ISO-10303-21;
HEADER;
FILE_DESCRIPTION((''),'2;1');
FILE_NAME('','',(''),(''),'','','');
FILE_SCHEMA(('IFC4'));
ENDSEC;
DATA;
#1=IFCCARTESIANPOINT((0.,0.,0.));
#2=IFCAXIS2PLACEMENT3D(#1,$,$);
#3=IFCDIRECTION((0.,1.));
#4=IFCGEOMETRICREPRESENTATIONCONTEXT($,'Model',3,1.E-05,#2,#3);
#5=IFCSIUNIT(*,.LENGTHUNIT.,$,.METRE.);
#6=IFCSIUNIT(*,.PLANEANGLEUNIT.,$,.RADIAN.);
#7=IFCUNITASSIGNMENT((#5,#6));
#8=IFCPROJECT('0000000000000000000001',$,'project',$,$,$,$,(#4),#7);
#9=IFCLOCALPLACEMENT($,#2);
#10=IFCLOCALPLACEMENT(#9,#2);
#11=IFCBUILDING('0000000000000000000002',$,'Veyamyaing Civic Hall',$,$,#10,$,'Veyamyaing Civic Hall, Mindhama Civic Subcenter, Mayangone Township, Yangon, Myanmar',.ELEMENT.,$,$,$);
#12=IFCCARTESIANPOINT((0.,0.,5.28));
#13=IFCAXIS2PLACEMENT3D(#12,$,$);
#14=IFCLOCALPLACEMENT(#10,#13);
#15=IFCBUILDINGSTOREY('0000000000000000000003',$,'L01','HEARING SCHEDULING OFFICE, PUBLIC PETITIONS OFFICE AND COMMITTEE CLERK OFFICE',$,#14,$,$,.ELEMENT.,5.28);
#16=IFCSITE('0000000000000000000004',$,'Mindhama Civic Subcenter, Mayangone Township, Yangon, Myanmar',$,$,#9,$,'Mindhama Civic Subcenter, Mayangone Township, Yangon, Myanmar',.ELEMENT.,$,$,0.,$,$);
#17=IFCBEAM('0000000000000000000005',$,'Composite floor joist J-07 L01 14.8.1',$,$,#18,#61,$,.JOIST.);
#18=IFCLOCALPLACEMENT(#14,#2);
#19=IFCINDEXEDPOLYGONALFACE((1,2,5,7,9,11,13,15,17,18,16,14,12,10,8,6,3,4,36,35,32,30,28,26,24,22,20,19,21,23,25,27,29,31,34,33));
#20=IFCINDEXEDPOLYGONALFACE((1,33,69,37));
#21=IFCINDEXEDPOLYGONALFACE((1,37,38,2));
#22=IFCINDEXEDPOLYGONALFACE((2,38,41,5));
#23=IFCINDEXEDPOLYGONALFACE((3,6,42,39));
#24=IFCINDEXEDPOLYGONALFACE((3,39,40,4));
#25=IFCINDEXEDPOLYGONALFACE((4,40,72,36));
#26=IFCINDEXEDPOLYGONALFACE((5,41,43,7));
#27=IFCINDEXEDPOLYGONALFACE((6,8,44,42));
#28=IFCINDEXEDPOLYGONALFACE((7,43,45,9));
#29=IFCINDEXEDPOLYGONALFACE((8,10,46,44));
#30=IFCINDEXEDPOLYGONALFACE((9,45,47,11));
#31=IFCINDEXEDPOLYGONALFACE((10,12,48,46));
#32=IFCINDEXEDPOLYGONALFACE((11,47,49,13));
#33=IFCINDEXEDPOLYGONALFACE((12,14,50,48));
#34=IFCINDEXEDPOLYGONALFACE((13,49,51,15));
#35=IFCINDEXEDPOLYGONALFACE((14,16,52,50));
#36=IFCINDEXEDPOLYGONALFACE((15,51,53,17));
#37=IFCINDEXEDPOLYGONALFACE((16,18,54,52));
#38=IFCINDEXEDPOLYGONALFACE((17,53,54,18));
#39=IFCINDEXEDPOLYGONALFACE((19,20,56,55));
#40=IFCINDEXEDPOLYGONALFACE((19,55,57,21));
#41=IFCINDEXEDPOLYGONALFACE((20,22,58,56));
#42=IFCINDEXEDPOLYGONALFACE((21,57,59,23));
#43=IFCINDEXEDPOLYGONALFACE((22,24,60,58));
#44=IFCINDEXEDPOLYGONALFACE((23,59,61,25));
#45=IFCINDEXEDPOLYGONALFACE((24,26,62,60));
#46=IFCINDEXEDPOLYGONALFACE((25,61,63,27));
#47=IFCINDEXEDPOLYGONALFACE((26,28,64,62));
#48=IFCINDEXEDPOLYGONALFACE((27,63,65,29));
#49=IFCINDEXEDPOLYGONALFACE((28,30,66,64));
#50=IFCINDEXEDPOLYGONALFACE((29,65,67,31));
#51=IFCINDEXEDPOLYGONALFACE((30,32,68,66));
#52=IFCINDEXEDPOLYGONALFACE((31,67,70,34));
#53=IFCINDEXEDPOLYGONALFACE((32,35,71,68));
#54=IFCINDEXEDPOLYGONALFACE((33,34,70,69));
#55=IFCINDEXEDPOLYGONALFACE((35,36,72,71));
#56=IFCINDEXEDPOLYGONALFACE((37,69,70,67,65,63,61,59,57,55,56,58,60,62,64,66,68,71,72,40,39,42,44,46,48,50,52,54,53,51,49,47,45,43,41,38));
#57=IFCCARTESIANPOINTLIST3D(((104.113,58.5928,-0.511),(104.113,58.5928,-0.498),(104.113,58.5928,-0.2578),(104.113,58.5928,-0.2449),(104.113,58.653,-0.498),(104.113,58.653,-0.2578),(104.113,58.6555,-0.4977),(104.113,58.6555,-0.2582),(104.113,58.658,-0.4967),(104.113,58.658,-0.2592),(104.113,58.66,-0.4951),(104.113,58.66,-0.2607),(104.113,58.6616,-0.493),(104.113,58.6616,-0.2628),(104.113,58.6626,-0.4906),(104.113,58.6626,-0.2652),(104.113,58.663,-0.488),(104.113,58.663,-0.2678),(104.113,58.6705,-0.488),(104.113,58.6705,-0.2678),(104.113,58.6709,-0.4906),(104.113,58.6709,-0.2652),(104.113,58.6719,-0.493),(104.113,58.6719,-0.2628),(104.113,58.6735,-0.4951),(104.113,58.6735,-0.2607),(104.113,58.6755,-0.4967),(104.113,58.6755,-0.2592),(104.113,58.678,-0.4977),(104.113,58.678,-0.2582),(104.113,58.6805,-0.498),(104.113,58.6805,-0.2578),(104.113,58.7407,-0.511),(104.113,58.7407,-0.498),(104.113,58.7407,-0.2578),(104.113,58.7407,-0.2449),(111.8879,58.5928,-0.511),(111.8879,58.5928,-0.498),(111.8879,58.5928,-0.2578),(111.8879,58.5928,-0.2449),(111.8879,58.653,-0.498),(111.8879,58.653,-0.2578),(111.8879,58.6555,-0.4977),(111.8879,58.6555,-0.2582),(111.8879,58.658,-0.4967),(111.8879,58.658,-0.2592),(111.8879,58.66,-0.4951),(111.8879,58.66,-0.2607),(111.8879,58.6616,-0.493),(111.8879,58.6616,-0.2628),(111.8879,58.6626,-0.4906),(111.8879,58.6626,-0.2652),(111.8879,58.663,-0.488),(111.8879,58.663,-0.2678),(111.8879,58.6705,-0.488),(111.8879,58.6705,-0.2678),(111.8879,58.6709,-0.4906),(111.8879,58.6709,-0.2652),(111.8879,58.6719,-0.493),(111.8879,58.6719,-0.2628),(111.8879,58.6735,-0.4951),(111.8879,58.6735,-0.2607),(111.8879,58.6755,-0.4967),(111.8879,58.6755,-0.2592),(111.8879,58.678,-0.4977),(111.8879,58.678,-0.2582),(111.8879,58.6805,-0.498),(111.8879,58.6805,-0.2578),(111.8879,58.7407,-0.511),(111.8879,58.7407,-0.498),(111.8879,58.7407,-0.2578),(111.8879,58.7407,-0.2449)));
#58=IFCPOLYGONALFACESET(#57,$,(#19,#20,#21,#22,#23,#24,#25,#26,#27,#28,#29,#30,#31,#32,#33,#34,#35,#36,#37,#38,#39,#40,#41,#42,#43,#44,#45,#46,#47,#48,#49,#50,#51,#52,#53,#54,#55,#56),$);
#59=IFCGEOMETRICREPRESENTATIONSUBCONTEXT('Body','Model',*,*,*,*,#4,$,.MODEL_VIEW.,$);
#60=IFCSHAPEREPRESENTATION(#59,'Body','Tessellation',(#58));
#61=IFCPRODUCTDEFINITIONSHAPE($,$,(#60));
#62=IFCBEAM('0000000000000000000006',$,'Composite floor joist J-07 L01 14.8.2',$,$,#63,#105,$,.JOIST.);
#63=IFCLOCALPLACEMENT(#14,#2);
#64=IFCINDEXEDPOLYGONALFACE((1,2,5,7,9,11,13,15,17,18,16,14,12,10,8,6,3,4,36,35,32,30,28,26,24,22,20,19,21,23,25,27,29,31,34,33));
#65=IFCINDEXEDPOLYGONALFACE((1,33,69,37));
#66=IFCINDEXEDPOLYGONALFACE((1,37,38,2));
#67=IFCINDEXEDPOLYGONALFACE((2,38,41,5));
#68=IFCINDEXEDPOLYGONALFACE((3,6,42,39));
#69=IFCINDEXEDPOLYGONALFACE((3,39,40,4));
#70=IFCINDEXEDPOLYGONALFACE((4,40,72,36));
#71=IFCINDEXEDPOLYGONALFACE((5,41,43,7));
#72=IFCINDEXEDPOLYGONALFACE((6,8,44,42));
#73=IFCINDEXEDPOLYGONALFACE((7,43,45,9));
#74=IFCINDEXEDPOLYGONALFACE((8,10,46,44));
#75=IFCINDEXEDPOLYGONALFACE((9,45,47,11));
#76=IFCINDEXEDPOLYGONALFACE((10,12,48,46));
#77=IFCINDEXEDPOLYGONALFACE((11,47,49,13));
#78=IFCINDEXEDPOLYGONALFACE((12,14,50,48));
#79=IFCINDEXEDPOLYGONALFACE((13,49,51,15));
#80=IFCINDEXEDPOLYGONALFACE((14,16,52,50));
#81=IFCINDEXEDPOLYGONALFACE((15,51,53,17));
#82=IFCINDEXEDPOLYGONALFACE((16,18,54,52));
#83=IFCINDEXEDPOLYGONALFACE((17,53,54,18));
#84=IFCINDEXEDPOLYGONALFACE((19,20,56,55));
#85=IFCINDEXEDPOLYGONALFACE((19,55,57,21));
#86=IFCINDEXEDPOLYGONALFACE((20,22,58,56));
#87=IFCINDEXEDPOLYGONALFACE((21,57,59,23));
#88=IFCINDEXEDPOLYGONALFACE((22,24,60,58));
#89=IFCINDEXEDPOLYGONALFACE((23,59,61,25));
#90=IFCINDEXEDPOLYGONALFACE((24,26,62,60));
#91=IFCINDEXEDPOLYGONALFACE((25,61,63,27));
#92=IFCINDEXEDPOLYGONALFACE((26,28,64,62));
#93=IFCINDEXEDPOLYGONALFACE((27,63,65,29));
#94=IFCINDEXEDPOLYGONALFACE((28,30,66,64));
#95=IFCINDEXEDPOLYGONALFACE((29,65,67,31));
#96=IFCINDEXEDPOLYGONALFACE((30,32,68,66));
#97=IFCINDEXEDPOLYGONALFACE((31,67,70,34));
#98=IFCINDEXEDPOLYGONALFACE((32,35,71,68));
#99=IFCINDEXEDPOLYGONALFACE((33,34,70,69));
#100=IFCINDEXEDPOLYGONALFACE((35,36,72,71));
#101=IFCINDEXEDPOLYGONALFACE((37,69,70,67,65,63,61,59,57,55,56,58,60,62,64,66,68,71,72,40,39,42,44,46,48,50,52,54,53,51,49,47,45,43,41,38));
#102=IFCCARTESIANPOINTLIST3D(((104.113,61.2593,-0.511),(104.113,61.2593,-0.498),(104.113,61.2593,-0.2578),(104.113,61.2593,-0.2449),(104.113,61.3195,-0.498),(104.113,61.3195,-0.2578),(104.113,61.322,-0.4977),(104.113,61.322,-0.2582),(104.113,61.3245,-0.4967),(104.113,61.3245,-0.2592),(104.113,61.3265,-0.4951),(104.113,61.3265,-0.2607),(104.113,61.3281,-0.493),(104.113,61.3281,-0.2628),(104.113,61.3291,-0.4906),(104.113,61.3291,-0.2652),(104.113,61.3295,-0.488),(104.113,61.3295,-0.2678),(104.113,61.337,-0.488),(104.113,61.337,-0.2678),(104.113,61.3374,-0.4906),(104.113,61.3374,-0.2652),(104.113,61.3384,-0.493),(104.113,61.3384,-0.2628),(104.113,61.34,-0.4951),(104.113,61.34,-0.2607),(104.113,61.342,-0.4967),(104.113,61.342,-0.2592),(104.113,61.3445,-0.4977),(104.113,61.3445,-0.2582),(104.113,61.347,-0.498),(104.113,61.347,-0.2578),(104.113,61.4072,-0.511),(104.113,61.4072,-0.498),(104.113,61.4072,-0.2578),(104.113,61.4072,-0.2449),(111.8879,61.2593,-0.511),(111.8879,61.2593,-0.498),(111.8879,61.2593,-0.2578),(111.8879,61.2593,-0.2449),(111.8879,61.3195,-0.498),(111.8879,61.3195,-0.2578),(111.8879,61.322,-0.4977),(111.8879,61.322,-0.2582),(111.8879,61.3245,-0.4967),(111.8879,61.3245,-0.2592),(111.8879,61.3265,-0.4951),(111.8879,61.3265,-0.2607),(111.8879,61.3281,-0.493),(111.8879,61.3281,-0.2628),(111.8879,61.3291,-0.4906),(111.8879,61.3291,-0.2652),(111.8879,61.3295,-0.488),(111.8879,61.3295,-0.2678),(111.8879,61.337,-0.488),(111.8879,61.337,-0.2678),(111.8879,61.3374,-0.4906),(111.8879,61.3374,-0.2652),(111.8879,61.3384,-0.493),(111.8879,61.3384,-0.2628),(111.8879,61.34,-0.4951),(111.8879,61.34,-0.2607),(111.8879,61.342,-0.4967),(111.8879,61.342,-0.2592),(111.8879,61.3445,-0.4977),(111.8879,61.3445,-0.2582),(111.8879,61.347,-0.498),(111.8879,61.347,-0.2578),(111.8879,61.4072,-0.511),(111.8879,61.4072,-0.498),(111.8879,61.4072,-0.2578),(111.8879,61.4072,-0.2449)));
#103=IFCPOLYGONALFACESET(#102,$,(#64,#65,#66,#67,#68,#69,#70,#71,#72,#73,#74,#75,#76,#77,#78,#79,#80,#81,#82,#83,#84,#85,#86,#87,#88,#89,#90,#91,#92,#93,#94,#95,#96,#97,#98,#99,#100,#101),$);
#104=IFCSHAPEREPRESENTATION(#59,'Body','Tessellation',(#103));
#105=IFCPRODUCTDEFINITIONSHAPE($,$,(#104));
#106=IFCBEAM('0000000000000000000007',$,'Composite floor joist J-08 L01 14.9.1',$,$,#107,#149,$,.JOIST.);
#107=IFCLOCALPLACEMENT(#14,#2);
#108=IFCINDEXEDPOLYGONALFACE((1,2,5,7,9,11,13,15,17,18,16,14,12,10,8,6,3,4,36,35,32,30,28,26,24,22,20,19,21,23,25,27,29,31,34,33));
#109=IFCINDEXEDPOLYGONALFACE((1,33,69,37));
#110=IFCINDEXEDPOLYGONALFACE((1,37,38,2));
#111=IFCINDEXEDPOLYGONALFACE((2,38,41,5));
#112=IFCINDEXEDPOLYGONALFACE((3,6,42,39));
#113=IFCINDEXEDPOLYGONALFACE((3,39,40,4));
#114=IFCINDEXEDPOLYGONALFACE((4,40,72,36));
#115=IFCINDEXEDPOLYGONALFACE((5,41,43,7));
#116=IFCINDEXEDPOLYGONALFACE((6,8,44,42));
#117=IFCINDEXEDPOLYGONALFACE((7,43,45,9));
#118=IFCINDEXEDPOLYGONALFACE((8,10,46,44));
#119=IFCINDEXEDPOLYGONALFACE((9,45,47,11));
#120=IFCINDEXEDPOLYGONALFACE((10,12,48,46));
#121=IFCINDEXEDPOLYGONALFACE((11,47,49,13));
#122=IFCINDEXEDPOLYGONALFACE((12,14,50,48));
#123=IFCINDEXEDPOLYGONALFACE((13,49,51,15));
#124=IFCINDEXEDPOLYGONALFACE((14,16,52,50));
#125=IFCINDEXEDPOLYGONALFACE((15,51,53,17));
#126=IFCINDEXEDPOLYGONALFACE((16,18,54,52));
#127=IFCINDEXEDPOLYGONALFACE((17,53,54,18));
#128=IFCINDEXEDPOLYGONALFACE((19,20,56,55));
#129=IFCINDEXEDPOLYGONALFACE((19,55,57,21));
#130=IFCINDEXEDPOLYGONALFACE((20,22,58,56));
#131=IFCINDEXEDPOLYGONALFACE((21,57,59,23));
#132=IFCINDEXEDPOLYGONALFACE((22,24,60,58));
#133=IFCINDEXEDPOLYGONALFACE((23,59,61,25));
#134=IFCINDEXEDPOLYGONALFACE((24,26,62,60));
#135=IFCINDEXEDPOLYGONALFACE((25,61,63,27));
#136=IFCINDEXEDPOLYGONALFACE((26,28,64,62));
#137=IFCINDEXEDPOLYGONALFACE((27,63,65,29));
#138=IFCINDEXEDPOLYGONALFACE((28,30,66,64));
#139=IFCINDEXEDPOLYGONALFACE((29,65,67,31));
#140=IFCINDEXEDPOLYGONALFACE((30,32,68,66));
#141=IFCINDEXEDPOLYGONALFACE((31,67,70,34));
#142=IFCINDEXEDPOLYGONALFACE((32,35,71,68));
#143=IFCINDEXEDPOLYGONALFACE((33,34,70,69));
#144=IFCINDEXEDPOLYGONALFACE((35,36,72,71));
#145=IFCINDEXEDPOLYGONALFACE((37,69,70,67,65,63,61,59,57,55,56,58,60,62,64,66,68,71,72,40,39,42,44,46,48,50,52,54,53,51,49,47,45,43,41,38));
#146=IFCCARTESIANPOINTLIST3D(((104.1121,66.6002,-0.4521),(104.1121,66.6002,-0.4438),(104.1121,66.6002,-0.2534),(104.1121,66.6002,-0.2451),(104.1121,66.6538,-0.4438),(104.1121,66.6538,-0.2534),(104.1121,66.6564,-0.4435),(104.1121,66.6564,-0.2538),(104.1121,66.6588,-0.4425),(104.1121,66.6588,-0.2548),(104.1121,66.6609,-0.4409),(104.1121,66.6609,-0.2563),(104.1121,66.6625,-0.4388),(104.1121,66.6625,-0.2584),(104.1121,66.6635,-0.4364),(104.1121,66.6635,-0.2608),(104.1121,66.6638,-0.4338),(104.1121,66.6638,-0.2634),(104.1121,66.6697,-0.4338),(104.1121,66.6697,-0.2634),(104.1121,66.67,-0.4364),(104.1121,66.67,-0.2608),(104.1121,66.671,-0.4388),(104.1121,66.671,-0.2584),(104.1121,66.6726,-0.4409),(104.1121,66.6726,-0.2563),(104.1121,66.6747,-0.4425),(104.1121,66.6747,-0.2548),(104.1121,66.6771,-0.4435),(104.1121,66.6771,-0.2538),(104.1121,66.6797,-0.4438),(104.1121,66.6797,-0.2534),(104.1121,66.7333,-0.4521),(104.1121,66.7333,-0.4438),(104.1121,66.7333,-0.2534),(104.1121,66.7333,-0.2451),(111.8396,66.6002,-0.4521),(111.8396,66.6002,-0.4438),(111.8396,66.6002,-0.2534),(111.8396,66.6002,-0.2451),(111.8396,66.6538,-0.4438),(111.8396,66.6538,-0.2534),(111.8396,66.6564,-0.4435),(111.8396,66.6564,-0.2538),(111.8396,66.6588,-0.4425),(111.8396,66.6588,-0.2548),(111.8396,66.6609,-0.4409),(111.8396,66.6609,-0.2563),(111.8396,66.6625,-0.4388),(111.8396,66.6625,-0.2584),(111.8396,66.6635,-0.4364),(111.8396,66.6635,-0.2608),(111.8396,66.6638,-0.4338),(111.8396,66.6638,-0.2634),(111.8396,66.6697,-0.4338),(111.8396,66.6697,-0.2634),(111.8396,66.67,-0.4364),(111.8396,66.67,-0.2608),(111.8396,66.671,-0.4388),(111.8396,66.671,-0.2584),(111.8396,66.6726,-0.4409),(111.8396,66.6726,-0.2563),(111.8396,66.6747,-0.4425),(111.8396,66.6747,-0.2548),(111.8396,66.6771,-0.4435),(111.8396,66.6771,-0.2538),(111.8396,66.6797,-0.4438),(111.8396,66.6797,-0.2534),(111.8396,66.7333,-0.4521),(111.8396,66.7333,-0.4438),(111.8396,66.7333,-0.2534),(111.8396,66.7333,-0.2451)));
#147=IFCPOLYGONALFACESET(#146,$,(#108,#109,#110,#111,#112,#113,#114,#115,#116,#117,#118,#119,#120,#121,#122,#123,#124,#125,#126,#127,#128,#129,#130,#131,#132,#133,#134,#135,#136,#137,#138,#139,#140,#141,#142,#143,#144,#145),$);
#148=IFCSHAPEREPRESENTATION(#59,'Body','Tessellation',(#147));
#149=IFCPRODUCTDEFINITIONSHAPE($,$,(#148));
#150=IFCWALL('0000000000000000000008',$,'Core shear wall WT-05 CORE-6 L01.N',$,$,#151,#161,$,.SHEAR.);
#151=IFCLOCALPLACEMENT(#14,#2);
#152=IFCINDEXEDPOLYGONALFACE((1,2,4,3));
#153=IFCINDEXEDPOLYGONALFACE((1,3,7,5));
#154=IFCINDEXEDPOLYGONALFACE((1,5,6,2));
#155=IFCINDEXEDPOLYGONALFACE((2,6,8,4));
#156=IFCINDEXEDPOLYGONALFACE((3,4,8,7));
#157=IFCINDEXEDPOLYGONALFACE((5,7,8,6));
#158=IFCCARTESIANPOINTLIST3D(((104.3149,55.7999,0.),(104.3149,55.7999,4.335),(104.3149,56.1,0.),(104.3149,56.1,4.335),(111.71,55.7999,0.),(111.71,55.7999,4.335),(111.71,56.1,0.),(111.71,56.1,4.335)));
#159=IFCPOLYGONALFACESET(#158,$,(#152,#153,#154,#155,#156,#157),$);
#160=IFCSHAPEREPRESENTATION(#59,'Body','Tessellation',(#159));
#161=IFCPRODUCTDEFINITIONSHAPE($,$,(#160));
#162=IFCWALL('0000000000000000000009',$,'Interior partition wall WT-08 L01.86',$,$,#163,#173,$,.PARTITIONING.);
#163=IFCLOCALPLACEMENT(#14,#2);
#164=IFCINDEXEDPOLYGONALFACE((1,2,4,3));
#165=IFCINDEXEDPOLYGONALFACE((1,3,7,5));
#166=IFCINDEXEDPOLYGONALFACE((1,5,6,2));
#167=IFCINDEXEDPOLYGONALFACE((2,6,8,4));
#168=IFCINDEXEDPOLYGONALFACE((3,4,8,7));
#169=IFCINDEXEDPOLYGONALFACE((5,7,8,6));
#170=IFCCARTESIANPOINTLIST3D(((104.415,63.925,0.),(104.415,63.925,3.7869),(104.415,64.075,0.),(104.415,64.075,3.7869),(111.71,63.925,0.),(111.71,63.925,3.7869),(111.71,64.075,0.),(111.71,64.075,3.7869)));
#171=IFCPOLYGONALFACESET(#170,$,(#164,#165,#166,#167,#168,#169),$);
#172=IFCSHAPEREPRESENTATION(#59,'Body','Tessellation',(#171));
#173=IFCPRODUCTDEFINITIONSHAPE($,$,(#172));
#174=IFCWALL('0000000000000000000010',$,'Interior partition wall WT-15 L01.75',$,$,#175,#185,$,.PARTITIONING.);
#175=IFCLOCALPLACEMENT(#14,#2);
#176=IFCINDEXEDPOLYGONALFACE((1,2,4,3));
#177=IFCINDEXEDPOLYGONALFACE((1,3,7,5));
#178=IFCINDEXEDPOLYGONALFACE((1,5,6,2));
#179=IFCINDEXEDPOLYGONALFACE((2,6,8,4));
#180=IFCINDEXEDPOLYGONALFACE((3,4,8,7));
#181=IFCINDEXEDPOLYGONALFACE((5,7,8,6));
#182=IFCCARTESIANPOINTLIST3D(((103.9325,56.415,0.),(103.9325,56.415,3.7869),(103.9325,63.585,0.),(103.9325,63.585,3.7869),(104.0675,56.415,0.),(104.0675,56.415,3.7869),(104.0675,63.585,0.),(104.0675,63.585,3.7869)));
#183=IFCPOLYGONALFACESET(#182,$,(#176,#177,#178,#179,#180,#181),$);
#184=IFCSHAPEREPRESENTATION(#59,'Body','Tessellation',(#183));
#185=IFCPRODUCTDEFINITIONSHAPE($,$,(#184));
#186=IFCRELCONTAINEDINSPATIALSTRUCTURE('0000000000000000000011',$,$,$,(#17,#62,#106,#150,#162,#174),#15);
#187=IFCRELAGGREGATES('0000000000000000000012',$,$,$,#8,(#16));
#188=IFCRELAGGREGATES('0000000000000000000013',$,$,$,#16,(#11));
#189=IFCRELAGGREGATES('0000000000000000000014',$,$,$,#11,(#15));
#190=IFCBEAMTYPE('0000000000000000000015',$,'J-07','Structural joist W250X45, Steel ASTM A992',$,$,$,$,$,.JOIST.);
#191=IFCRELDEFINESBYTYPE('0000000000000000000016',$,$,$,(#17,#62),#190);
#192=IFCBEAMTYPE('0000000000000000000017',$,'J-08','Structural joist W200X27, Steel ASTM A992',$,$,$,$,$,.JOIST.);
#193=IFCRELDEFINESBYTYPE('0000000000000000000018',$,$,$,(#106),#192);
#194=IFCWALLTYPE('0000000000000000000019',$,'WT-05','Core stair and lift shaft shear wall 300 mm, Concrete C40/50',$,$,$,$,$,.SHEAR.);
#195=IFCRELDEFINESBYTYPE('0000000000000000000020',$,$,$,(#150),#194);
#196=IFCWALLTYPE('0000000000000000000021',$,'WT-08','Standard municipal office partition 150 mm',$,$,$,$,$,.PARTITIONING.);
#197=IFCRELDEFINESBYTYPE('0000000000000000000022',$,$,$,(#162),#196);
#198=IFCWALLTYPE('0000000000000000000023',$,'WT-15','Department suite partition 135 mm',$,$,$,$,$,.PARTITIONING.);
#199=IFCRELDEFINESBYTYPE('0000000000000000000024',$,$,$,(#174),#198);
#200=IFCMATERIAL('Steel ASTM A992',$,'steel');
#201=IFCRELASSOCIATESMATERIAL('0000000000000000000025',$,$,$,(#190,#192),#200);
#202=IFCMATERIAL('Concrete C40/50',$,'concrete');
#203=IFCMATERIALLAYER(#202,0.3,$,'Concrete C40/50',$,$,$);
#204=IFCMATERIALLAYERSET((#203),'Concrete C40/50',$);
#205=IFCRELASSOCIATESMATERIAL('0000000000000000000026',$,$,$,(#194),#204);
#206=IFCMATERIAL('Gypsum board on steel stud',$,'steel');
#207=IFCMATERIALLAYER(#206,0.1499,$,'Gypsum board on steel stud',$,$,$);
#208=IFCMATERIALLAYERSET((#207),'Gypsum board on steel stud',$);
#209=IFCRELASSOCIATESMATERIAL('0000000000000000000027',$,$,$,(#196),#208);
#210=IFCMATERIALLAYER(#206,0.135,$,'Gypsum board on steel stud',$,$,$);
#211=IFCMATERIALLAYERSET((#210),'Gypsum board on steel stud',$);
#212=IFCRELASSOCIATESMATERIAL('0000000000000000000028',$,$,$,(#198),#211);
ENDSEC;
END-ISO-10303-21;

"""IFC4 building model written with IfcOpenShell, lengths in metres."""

from ifc_helpers import new_model, si_unit, direction, frame, frame_2d, origin, origin_2d, place, context, subcontext, project, spatial, rectangle, i_section, extrude, material, layer, layer_set, material_profile, profile_set, type_object, element, save


model = new_model("IFC4")

# Units and contexts
model_context = context("Model", 3, precision=1e-05, world=origin(), true_north=direction((0.0, 1.0)))
body_context = subcontext(model_context, "Body", "Model", "MODEL_VIEW")
ifc_project = project(units=[si_unit("LENGTHUNIT", "METRE"), si_unit("PLANEANGLEUNIT", "RADIAN")], contexts=[model_context])

# Site, building, storey
site_placement = place(None, origin())
site = spatial("IfcSite", under=ifc_project, at=site_placement, Name="Mindhama Civic Subcenter, Mayangone Township, Yangon, Myanmar", LongName="Mindhama Civic Subcenter, Mayangone Township, Yangon, Myanmar", CompositionType="ELEMENT", RefElevation=0.0)
building_placement = place(site_placement, origin())
building = spatial("IfcBuilding", under=site, at=building_placement, Name="Veyamyaing Civic Hall", LongName="Veyamyaing Civic Hall, Mindhama Civic Subcenter, Mayangone Township, Yangon, Myanmar", CompositionType="ELEMENT")
storey_placement = place(building_placement, frame((0.0, 0.0, 5.28)))
storey = spatial("IfcBuildingStorey", under=building, at=storey_placement, Name="L01", Description="HEARING SCHEDULING OFFICE, PUBLIC PETITIONS OFFICE AND COMMITTEE CLERK OFFICE", CompositionType="ELEMENT", Elevation=5.28)

# Beams
ifc_material_1 = material(Name="Steel ASTM A992", Category="steel")
ifc_material_profile_1 = material_profile(ifc_material_1, i_section(OverallWidth=0.1479, OverallDepth=0.2661, WebThickness=0.0076, FlangeThickness=0.0129, FilletRadius=0.01, at=origin_2d()), Name="W250X45")
ifc_profile_set_1 = profile_set([ifc_material_profile_1], Name="Steel ASTM A992")
beam_type_1 = type_object("IfcBeamType", Name="J-07", Description="Structural joist W250X45, Steel ASTM A992", PredefinedType="JOIST", material=ifc_profile_set_1)
for number, where, z_axis, x_axis, name in (
    (1, (104.113, 58.6667, -0.3779), (1.0, 0.0, 0.0), (0.0, 1.0, 0.0), "Composite floor joist J-07 L01 14.8.1"),
    (2, (104.113, 61.3333, -0.3779), (1.0, 0.0, 0.0), (0.0, 1.0, 0.0), "Composite floor joist J-07 L01 14.8.2"),
):
    element("IfcBeam", number, at=place(storey_placement, frame(where, z_axis=z_axis, x_axis=x_axis)), inside=storey, type_object=beam_type_1, Name=name, PredefinedType="JOIST", context=body_context, shape_type="SweptSolid", body=[
        extrude(i_section(OverallWidth=0.1479, OverallDepth=0.2661, WebThickness=0.0076, FlangeThickness=0.0129, FilletRadius=0.01, at=origin_2d()), origin(), (0.0, 0.0, 1.0), 7.7749),
    ])
ifc_material_profile_2 = material_profile(ifc_material_1, i_section(OverallWidth=0.1331, OverallDepth=0.207, WebThickness=0.0059, FlangeThickness=0.0083, FilletRadius=0.01, at=origin_2d()), Name="W200X27")
ifc_profile_set_2 = profile_set([ifc_material_profile_2], Name="Steel ASTM A992")
beam_type_2 = type_object("IfcBeamType", Name="J-08", Description="Structural joist W200X27, Steel ASTM A992", PredefinedType="JOIST", material=ifc_profile_set_2)
beam_1_placement = place(storey_placement, frame((104.1121, 66.6667, -0.3486), z_axis=(1.0, 0.0, 0.0), x_axis=(0.0, 1.0, 0.0)))
element("IfcBeam", 3, at=beam_1_placement, inside=storey, type_object=beam_type_2, Name="Composite floor joist J-08 L01 14.9.1", PredefinedType="JOIST", context=body_context, shape_type="SweptSolid", body=[
    extrude(i_section(OverallWidth=0.1331, OverallDepth=0.207, WebThickness=0.0059, FlangeThickness=0.0083, FilletRadius=0.01, at=origin_2d()), origin(), (0.0, 0.0, 1.0), 7.7275),
])

# Walls
ifc_material_2 = material(Name="Concrete C40/50", Category="concrete")
ifc_layer_1 = layer(ifc_material_2, 0.3, Name="Concrete C40/50")
ifc_layer_set_1 = layer_set([ifc_layer_1], Name="Concrete C40/50")
wall_type_1 = type_object("IfcWallType", Name="WT-05", Description="Core stair and lift shaft shear wall 300 mm, Concrete C40/50", PredefinedType="SHEAR", material=ifc_layer_set_1)
wall_1_placement = place(storey_placement, frame((104.3149, 55.95, 0.0), z_axis=(0.0, 0.0, 1.0), x_axis=(1.0, 0.0, 0.0)))
element("IfcWall", 4, at=wall_1_placement, inside=storey, type_object=wall_type_1, Name="Core shear wall WT-05 CORE-6 L01.N", PredefinedType="SHEAR", context=body_context, shape_type="SweptSolid", body=[
    extrude(rectangle(XDim=7.395, YDim=0.3, at=frame_2d((3.6975, 0.0))), origin(), (0.0, 0.0, 1.0), 4.335),
])
ifc_material_3 = material(Name="Gypsum board on steel stud", Category="steel")
ifc_layer_2 = layer(ifc_material_3, 0.1499, Name="Gypsum board on steel stud")
ifc_layer_set_2 = layer_set([ifc_layer_2], Name="Gypsum board on steel stud")
wall_type_2 = type_object("IfcWallType", Name="WT-08", Description="Standard municipal office partition 150 mm", PredefinedType="PARTITIONING", material=ifc_layer_set_2)
wall_2_placement = place(storey_placement, frame((104.415, 64.0, 0.0), z_axis=(0.0, 0.0, 1.0), x_axis=(1.0, 0.0, 0.0)))
element("IfcWall", 5, at=wall_2_placement, inside=storey, type_object=wall_type_2, Name="Interior partition wall WT-08 L01.86", PredefinedType="PARTITIONING", context=body_context, shape_type="SweptSolid", body=[
    extrude(rectangle(XDim=7.2949, YDim=0.1499, at=frame_2d((3.6475, 0.0))), origin(), (0.0, 0.0, 1.0), 3.7869),
])
ifc_layer_3 = layer(ifc_material_3, 0.135, Name="Gypsum board on steel stud")
ifc_layer_set_3 = layer_set([ifc_layer_3], Name="Gypsum board on steel stud")
wall_type_3 = type_object("IfcWallType", Name="WT-15", Description="Department suite partition 135 mm", PredefinedType="PARTITIONING", material=ifc_layer_set_3)
wall_3_placement = place(storey_placement, frame((104.0, 56.415, 0.0), z_axis=(0.0, 0.0, 1.0), x_axis=(0.0, 1.0, 0.0)))
element("IfcWall", 6, at=wall_3_placement, inside=storey, type_object=wall_type_3, Name="Interior partition wall WT-15 L01.75", PredefinedType="PARTITIONING", context=body_context, shape_type="SweptSolid", body=[
    extrude(rectangle(XDim=7.1699, YDim=0.135, at=frame_2d((3.585, 0.0))), origin(), (0.0, 0.0, 1.0), 3.7869),
])

save(model, "model.ifc")
